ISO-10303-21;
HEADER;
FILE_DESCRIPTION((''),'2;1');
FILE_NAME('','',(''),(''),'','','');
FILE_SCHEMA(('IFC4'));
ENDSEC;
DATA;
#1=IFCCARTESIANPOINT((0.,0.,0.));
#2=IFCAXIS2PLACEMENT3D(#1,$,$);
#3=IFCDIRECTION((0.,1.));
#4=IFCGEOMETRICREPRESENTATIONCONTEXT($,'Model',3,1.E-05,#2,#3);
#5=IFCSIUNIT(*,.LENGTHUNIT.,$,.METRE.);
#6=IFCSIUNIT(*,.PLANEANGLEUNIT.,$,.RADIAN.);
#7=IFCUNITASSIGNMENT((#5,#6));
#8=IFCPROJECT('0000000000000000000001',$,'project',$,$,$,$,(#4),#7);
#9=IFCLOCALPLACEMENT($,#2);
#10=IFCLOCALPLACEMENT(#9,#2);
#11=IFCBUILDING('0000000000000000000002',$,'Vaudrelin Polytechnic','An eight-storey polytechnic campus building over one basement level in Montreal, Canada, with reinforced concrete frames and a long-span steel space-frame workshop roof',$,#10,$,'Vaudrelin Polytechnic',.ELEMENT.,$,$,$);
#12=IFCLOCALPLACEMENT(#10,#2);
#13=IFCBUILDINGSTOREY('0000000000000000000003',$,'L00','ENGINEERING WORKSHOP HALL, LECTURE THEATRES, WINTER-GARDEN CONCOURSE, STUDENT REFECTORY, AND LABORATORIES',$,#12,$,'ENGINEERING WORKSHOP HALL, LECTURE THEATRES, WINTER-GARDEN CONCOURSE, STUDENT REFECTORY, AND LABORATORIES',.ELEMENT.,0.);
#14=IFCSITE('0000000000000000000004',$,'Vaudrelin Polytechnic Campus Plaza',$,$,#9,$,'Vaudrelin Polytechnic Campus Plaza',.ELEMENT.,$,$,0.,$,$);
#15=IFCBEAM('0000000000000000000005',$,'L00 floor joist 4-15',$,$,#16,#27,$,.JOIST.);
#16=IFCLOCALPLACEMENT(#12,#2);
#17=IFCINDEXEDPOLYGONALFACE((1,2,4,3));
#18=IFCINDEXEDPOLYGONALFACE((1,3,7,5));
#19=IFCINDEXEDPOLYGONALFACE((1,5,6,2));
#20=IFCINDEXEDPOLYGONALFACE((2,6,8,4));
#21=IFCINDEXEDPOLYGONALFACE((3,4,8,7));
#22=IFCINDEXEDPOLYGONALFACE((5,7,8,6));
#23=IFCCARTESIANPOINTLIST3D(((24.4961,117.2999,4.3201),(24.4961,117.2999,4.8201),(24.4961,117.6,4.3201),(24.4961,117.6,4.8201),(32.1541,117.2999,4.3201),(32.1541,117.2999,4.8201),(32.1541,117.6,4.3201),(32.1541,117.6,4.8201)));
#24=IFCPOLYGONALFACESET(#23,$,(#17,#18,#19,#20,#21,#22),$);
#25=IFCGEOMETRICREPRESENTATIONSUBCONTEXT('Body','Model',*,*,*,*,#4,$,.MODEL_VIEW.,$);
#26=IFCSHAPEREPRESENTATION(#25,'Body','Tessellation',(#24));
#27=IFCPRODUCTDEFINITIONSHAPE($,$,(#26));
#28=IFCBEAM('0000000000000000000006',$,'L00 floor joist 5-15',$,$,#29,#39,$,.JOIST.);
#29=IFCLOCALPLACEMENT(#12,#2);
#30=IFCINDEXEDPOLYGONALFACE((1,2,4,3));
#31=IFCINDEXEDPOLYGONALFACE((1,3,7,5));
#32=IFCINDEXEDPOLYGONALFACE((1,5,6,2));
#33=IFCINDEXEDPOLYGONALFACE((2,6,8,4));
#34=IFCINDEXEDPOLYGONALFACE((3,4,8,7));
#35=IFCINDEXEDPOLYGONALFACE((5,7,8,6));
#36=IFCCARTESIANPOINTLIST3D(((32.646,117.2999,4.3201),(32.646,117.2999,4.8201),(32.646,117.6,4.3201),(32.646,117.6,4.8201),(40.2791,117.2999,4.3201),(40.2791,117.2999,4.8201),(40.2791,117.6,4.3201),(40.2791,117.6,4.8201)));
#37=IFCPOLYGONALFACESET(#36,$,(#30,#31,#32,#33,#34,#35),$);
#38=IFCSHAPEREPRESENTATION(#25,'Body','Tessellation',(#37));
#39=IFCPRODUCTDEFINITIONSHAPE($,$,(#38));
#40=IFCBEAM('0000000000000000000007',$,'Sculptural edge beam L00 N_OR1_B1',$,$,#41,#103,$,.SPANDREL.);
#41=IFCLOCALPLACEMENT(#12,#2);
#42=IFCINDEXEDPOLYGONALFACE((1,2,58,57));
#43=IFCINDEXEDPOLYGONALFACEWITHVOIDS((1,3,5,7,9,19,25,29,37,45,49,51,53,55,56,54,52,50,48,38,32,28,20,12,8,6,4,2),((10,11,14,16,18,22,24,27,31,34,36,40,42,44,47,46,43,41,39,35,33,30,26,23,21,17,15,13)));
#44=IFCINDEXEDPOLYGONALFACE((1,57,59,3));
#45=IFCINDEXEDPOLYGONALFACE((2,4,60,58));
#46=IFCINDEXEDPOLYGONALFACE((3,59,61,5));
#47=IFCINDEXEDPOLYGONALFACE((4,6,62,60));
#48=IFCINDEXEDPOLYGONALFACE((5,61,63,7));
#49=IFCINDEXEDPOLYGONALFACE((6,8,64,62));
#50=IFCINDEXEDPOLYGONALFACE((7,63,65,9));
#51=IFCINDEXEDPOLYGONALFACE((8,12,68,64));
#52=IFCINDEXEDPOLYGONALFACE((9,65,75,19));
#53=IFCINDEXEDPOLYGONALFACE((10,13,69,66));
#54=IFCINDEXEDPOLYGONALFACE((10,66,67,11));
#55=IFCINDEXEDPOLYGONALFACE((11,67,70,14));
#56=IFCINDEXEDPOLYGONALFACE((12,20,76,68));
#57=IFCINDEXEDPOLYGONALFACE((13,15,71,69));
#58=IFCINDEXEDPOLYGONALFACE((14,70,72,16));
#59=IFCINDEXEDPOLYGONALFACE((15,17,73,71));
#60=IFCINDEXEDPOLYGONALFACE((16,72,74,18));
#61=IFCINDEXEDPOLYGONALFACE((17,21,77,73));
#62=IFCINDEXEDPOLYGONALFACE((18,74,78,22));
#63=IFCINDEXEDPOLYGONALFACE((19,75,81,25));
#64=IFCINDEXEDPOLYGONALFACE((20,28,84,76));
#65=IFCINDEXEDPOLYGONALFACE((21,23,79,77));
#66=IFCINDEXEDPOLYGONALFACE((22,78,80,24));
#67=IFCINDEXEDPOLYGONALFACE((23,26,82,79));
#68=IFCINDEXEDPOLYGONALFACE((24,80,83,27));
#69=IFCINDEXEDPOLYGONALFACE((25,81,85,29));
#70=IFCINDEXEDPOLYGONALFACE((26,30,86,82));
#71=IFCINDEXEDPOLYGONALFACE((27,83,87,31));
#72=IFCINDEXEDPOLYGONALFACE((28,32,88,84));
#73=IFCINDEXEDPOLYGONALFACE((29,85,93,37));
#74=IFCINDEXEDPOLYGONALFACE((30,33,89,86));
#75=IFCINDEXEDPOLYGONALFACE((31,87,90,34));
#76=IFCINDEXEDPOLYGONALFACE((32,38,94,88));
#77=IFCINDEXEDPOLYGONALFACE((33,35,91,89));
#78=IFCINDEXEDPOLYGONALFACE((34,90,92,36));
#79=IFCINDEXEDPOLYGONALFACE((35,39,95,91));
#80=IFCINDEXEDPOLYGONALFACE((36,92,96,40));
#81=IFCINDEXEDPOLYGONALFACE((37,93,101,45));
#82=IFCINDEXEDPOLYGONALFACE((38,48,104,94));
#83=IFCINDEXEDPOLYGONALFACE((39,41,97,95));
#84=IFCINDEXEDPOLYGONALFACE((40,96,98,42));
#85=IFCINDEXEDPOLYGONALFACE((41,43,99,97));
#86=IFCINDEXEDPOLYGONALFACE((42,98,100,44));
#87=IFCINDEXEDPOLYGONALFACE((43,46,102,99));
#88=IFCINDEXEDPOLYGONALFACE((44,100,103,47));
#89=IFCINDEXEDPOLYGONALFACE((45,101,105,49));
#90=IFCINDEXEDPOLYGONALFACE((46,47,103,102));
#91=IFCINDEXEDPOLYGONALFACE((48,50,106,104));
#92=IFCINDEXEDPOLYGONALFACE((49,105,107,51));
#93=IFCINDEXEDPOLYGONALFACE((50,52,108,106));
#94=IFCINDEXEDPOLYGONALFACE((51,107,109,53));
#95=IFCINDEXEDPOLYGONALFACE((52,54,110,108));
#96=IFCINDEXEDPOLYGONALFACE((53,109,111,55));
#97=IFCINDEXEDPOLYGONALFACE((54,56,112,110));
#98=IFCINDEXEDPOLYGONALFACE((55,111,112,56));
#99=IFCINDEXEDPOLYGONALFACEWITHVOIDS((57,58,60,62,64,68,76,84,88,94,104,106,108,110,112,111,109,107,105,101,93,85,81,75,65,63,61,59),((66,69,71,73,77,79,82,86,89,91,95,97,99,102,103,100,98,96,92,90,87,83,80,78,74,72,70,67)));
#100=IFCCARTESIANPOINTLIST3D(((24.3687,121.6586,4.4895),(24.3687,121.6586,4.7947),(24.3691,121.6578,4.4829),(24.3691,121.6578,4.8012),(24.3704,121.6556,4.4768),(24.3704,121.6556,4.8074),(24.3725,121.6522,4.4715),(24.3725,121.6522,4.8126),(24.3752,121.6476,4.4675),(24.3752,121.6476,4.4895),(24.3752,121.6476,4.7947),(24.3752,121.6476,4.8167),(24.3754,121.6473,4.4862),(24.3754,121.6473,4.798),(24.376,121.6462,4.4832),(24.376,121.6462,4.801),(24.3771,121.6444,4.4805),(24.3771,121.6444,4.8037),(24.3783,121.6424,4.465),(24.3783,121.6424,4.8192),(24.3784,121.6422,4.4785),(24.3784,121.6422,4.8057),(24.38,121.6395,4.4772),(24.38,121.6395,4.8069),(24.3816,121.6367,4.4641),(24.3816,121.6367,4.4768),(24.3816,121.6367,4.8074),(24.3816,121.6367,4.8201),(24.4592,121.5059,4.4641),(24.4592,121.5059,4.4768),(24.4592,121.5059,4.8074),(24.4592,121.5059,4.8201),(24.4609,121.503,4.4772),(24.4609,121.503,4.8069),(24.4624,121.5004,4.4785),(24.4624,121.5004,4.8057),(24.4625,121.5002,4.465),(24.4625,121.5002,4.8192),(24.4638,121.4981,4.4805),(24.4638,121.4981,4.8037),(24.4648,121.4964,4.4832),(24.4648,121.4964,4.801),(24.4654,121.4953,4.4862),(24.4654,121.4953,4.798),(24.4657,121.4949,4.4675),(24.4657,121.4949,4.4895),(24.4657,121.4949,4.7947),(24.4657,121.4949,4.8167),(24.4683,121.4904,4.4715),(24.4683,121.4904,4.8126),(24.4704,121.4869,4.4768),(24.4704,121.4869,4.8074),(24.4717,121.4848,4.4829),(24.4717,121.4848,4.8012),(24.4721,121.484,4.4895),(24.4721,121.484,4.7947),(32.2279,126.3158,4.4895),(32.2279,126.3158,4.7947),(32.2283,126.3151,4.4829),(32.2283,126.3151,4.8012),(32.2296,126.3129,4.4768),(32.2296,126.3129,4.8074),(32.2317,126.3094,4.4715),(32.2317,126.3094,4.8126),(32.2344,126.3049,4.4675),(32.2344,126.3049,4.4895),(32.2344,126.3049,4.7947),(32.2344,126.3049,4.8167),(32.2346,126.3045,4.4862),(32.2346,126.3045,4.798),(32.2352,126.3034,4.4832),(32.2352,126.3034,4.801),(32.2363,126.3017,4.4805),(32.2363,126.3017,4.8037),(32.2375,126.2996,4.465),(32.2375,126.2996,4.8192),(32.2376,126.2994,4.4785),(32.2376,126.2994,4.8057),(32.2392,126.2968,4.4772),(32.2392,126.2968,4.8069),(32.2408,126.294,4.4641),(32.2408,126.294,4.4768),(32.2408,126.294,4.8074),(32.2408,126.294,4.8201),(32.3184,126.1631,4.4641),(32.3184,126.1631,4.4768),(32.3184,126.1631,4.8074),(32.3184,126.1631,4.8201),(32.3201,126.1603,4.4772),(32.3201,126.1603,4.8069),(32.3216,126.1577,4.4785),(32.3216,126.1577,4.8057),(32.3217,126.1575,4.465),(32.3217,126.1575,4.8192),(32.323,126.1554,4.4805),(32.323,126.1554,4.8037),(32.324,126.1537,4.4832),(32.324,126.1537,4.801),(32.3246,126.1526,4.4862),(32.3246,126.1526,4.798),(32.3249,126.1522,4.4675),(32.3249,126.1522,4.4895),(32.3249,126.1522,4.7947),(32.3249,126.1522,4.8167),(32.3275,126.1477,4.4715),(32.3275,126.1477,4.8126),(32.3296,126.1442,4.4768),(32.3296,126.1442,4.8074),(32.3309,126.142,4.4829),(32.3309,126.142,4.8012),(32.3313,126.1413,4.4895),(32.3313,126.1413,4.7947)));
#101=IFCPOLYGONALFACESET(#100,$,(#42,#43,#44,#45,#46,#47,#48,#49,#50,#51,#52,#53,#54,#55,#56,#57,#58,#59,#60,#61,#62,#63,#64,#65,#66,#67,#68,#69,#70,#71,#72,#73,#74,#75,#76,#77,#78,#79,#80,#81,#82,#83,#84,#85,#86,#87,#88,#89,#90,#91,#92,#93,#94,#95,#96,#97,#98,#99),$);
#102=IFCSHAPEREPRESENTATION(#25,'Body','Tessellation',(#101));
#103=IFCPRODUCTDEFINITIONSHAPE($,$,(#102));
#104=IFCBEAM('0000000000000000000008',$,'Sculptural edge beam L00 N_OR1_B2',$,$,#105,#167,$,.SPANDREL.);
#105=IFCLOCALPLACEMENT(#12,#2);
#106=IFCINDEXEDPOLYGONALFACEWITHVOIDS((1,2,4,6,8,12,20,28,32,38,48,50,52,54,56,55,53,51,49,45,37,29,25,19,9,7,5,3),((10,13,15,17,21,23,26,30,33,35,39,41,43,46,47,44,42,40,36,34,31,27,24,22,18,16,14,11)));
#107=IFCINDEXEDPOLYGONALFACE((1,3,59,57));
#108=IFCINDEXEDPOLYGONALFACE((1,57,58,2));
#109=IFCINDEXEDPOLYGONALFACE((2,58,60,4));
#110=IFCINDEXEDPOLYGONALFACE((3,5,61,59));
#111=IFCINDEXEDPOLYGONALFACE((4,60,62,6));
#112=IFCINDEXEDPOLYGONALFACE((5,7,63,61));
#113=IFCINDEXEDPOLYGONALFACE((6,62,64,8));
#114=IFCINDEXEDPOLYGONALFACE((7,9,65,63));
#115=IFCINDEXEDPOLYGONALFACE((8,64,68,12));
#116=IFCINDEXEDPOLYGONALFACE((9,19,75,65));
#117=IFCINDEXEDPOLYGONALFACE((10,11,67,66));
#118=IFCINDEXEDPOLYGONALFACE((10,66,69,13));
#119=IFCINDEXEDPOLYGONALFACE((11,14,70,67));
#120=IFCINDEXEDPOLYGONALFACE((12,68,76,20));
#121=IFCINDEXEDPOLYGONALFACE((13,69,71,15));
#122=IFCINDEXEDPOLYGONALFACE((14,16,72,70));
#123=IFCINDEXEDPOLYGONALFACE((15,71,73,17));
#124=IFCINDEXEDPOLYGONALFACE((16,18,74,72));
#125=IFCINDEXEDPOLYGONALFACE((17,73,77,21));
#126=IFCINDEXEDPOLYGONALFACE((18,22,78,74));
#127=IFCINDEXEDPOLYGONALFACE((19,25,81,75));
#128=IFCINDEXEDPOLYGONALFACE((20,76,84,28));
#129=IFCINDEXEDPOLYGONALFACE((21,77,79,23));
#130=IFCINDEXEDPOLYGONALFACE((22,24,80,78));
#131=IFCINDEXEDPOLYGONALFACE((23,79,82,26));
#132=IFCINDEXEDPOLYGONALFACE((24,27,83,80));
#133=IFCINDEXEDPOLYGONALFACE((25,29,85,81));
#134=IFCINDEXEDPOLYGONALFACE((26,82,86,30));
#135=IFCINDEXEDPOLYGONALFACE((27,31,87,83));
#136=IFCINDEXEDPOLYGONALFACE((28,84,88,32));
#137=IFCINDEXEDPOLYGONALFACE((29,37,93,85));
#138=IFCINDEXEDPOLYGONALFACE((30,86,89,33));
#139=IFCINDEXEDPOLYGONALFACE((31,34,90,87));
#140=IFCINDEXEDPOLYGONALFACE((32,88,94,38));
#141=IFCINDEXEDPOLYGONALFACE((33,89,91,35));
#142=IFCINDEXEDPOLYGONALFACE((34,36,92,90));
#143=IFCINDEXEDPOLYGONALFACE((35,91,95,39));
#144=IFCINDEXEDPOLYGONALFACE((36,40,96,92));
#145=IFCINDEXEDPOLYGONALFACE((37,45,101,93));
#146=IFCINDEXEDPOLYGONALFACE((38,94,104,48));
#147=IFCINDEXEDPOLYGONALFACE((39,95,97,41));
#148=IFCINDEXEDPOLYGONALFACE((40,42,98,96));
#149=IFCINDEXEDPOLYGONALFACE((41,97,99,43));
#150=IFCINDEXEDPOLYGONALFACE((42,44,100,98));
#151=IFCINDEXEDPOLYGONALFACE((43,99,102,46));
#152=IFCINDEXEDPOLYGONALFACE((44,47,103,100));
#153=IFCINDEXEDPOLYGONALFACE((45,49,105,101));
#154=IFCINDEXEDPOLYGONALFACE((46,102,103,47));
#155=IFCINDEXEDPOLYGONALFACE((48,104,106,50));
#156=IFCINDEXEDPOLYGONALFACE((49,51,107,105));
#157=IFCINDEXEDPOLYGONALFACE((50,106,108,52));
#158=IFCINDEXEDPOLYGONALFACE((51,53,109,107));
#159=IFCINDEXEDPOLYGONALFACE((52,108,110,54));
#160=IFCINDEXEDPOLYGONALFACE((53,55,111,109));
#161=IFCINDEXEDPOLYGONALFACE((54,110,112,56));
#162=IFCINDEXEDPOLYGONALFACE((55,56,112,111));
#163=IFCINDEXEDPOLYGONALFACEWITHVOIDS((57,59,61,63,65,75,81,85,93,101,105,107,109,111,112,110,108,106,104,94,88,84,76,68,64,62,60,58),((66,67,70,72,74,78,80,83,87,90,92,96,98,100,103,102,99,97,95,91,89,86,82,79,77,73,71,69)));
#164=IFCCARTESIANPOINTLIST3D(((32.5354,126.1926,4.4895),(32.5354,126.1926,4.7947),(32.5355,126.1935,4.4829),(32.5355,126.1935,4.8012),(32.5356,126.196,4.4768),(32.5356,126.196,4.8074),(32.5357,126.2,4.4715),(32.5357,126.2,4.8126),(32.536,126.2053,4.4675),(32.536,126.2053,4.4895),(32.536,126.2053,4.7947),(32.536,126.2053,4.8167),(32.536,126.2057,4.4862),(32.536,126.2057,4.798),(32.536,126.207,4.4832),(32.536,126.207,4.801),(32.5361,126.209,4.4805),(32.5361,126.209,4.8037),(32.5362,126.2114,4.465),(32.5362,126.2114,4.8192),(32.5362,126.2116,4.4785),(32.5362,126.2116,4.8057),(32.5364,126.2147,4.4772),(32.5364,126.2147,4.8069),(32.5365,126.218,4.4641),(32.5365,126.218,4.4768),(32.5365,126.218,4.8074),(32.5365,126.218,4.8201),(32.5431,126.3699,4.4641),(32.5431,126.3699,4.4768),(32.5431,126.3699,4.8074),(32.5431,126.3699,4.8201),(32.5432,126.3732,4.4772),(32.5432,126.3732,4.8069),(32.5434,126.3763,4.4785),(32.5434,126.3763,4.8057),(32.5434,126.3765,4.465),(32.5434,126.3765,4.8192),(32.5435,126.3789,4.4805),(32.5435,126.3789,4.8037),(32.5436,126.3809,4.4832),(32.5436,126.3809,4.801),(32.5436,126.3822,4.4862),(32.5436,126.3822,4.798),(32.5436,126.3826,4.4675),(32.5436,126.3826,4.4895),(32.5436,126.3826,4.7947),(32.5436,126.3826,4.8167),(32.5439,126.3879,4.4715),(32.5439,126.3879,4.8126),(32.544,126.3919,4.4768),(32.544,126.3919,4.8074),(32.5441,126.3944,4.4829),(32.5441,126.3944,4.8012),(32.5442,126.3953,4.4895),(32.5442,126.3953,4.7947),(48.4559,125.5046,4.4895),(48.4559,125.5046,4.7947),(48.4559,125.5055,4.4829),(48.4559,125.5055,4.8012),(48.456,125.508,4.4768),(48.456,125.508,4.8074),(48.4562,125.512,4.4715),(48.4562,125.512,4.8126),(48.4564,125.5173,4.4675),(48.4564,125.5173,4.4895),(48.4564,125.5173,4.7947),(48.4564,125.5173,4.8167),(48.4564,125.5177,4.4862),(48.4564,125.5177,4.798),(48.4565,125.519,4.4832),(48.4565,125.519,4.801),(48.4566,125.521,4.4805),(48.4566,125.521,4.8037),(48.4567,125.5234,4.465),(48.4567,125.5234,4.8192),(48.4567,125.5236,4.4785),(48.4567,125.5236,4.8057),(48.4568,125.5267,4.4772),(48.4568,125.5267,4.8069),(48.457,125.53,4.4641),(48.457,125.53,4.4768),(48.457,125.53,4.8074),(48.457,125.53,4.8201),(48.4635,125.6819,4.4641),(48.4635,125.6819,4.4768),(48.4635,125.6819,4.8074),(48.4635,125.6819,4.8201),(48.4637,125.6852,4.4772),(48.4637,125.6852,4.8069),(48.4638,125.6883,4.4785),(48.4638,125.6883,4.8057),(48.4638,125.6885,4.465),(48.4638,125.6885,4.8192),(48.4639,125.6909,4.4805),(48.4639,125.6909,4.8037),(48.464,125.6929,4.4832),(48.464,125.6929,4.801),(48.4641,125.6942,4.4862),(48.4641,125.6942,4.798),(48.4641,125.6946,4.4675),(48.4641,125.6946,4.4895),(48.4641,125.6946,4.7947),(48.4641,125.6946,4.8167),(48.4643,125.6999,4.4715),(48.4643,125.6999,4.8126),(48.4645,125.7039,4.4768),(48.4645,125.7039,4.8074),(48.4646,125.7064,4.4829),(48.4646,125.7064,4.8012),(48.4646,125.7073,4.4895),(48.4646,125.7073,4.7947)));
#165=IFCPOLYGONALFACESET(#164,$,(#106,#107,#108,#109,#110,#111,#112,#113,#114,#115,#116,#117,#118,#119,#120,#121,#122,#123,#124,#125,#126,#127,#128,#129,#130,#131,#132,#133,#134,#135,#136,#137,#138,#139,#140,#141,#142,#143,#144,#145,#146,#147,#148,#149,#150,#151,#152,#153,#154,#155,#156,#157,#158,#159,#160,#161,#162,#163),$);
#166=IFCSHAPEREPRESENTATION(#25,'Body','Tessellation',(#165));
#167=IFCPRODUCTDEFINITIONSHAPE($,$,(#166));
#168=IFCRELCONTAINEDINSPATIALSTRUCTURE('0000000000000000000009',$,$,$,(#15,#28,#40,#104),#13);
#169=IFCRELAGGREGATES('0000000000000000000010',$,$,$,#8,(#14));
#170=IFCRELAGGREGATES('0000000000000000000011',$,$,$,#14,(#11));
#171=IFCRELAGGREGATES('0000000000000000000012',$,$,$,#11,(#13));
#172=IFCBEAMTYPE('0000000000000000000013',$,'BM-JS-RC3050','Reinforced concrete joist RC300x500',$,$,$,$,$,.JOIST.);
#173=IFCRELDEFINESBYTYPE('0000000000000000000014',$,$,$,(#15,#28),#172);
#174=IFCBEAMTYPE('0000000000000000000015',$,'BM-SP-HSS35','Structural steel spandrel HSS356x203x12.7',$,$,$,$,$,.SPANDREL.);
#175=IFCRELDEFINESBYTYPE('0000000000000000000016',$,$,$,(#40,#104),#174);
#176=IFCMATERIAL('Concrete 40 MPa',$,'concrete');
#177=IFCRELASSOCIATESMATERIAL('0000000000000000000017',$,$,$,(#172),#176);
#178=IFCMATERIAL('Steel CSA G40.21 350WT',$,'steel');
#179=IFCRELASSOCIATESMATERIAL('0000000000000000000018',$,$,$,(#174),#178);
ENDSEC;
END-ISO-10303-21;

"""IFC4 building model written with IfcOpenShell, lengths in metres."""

from ifc_helpers import new_model, si_unit, direction, frame, origin, origin_2d, place, context, subcontext, project, spatial, rectangle, hollow_rectangle, extrude, material, material_profile, profile_set, type_object, element, save


model = new_model("IFC4")

# Units and contexts
model_context = context("Model", 3, precision=1e-05, world=origin(), true_north=direction((0.0, 1.0)))
body_context = subcontext(model_context, "Body", "Model", "MODEL_VIEW")
ifc_project = project(units=[si_unit("LENGTHUNIT", "METRE"), si_unit("PLANEANGLEUNIT", "RADIAN")], contexts=[model_context])

# Site, building, storey
site_placement = place(None, origin())
site = spatial("IfcSite", under=ifc_project, at=site_placement, Name="Vaudrelin Polytechnic Campus Plaza", LongName="Vaudrelin Polytechnic Campus Plaza", CompositionType="ELEMENT", RefElevation=0.0)
building_placement = place(site_placement, origin())
building = spatial("IfcBuilding", under=site, at=building_placement, Name="Vaudrelin Polytechnic", Description="An eight-storey polytechnic campus building over one basement level in Montreal, Canada, with reinforced concrete frames and a long-span steel space-frame workshop roof", LongName="Vaudrelin Polytechnic", CompositionType="ELEMENT")
storey_placement = place(building_placement, origin())
storey = spatial("IfcBuildingStorey", under=building, at=storey_placement, Name="L00", Description="ENGINEERING WORKSHOP HALL, LECTURE THEATRES, WINTER-GARDEN CONCOURSE, STUDENT REFECTORY, AND LABORATORIES", LongName="ENGINEERING WORKSHOP HALL, LECTURE THEATRES, WINTER-GARDEN CONCOURSE, STUDENT REFECTORY, AND LABORATORIES", CompositionType="ELEMENT", Elevation=0.0)

# Shared definitions
ifc_material_1 = material(Name="Steel CSA G40.21 350WT", Category="steel")

# Beams
ifc_material_2 = material(Name="Concrete 40 MPa", Category="concrete")
ifc_material_profile_1 = material_profile(ifc_material_2, rectangle(XDim=0.3, YDim=0.5, at=origin_2d()), Name="RC300x500")
ifc_profile_set_1 = profile_set([ifc_material_profile_1], Name="Concrete 40 MPa")
beam_type_1 = type_object("IfcBeamType", Name="BM-JS-RC3050", Description="Reinforced concrete joist RC300x500", PredefinedType="JOIST", material=ifc_profile_set_1)
beam_1_placement = place(storey_placement, frame((24.4961, 117.45, 4.5701), z_axis=(1.0, 0.0, 0.0), x_axis=(0.0, 1.0, 0.0)))
element("IfcBeam", 1, at=beam_1_placement, inside=storey, type_object=beam_type_1, Name="L00 floor joist 4-15", PredefinedType="JOIST", context=body_context, shape_type="SweptSolid", body=[
    extrude(rectangle(XDim=0.3, YDim=0.5, at=origin_2d()), origin(), (0.0, 0.0, 1.0), 7.658),
])
beam_2_placement = place(storey_placement, frame((32.646, 117.45, 4.5701), z_axis=(1.0, 0.0, 0.0), x_axis=(0.0, 1.0, 0.0)))
element("IfcBeam", 2, at=beam_2_placement, inside=storey, type_object=beam_type_1, Name="L00 floor joist 5-15", PredefinedType="JOIST", context=body_context, shape_type="SweptSolid", body=[
    extrude(rectangle(XDim=0.3, YDim=0.5, at=origin_2d()), origin(), (0.0, 0.0, 1.0), 7.6331),
])
ifc_material_profile_2 = material_profile(ifc_material_1, hollow_rectangle(XDim=0.2029, YDim=0.356, WallThickness=0.0127, InnerFilletRadius=0.0127, OuterFilletRadius=0.0254, at=origin_2d()), Name="HSS356x203x12.7")
ifc_profile_set_2 = profile_set([ifc_material_profile_2], Name="Steel CSA G40.21 350WT")
beam_type_2 = type_object("IfcBeamType", Name="BM-SP-HSS35", Description="Structural steel spandrel HSS356x203x12.7", PredefinedType="SPANDREL", material=ifc_profile_set_2)
beam_3_placement = place(storey_placement, frame((24.4204, 121.5713, 4.6421), z_axis=(0.860293, 0.509799, 0.0), x_axis=(-0.509799, 0.860293, 0.0)))
element("IfcBeam", 3, at=beam_3_placement, inside=storey, type_object=beam_type_2, Name="Sculptural edge beam L00 N_OR1_B1", PredefinedType="SPANDREL", context=body_context, shape_type="SweptSolid", body=[
    extrude(hollow_rectangle(XDim=0.2029, YDim=0.356, WallThickness=0.0127, InnerFilletRadius=0.0127, OuterFilletRadius=0.0254, at=origin_2d()), origin(), (0.0, 0.0, 1.0), 9.1355),
])
beam_4_placement = place(storey_placement, frame((32.5398, 126.2939, 4.6421), z_axis=(0.999068, -0.043174, 0.0), x_axis=(0.043174, 0.999068, 0.0)))
element("IfcBeam", 4, at=beam_4_placement, inside=storey, type_object=beam_type_2, Name="Sculptural edge beam L00 N_OR1_B2", PredefinedType="SPANDREL", context=body_context, shape_type="SweptSolid", body=[
    extrude(hollow_rectangle(XDim=0.2029, YDim=0.356, WallThickness=0.0127, InnerFilletRadius=0.0127, OuterFilletRadius=0.0254, at=origin_2d()), origin(), (0.0, 0.0, 1.0), 15.9353),
])

save(model, "model.ifc")
